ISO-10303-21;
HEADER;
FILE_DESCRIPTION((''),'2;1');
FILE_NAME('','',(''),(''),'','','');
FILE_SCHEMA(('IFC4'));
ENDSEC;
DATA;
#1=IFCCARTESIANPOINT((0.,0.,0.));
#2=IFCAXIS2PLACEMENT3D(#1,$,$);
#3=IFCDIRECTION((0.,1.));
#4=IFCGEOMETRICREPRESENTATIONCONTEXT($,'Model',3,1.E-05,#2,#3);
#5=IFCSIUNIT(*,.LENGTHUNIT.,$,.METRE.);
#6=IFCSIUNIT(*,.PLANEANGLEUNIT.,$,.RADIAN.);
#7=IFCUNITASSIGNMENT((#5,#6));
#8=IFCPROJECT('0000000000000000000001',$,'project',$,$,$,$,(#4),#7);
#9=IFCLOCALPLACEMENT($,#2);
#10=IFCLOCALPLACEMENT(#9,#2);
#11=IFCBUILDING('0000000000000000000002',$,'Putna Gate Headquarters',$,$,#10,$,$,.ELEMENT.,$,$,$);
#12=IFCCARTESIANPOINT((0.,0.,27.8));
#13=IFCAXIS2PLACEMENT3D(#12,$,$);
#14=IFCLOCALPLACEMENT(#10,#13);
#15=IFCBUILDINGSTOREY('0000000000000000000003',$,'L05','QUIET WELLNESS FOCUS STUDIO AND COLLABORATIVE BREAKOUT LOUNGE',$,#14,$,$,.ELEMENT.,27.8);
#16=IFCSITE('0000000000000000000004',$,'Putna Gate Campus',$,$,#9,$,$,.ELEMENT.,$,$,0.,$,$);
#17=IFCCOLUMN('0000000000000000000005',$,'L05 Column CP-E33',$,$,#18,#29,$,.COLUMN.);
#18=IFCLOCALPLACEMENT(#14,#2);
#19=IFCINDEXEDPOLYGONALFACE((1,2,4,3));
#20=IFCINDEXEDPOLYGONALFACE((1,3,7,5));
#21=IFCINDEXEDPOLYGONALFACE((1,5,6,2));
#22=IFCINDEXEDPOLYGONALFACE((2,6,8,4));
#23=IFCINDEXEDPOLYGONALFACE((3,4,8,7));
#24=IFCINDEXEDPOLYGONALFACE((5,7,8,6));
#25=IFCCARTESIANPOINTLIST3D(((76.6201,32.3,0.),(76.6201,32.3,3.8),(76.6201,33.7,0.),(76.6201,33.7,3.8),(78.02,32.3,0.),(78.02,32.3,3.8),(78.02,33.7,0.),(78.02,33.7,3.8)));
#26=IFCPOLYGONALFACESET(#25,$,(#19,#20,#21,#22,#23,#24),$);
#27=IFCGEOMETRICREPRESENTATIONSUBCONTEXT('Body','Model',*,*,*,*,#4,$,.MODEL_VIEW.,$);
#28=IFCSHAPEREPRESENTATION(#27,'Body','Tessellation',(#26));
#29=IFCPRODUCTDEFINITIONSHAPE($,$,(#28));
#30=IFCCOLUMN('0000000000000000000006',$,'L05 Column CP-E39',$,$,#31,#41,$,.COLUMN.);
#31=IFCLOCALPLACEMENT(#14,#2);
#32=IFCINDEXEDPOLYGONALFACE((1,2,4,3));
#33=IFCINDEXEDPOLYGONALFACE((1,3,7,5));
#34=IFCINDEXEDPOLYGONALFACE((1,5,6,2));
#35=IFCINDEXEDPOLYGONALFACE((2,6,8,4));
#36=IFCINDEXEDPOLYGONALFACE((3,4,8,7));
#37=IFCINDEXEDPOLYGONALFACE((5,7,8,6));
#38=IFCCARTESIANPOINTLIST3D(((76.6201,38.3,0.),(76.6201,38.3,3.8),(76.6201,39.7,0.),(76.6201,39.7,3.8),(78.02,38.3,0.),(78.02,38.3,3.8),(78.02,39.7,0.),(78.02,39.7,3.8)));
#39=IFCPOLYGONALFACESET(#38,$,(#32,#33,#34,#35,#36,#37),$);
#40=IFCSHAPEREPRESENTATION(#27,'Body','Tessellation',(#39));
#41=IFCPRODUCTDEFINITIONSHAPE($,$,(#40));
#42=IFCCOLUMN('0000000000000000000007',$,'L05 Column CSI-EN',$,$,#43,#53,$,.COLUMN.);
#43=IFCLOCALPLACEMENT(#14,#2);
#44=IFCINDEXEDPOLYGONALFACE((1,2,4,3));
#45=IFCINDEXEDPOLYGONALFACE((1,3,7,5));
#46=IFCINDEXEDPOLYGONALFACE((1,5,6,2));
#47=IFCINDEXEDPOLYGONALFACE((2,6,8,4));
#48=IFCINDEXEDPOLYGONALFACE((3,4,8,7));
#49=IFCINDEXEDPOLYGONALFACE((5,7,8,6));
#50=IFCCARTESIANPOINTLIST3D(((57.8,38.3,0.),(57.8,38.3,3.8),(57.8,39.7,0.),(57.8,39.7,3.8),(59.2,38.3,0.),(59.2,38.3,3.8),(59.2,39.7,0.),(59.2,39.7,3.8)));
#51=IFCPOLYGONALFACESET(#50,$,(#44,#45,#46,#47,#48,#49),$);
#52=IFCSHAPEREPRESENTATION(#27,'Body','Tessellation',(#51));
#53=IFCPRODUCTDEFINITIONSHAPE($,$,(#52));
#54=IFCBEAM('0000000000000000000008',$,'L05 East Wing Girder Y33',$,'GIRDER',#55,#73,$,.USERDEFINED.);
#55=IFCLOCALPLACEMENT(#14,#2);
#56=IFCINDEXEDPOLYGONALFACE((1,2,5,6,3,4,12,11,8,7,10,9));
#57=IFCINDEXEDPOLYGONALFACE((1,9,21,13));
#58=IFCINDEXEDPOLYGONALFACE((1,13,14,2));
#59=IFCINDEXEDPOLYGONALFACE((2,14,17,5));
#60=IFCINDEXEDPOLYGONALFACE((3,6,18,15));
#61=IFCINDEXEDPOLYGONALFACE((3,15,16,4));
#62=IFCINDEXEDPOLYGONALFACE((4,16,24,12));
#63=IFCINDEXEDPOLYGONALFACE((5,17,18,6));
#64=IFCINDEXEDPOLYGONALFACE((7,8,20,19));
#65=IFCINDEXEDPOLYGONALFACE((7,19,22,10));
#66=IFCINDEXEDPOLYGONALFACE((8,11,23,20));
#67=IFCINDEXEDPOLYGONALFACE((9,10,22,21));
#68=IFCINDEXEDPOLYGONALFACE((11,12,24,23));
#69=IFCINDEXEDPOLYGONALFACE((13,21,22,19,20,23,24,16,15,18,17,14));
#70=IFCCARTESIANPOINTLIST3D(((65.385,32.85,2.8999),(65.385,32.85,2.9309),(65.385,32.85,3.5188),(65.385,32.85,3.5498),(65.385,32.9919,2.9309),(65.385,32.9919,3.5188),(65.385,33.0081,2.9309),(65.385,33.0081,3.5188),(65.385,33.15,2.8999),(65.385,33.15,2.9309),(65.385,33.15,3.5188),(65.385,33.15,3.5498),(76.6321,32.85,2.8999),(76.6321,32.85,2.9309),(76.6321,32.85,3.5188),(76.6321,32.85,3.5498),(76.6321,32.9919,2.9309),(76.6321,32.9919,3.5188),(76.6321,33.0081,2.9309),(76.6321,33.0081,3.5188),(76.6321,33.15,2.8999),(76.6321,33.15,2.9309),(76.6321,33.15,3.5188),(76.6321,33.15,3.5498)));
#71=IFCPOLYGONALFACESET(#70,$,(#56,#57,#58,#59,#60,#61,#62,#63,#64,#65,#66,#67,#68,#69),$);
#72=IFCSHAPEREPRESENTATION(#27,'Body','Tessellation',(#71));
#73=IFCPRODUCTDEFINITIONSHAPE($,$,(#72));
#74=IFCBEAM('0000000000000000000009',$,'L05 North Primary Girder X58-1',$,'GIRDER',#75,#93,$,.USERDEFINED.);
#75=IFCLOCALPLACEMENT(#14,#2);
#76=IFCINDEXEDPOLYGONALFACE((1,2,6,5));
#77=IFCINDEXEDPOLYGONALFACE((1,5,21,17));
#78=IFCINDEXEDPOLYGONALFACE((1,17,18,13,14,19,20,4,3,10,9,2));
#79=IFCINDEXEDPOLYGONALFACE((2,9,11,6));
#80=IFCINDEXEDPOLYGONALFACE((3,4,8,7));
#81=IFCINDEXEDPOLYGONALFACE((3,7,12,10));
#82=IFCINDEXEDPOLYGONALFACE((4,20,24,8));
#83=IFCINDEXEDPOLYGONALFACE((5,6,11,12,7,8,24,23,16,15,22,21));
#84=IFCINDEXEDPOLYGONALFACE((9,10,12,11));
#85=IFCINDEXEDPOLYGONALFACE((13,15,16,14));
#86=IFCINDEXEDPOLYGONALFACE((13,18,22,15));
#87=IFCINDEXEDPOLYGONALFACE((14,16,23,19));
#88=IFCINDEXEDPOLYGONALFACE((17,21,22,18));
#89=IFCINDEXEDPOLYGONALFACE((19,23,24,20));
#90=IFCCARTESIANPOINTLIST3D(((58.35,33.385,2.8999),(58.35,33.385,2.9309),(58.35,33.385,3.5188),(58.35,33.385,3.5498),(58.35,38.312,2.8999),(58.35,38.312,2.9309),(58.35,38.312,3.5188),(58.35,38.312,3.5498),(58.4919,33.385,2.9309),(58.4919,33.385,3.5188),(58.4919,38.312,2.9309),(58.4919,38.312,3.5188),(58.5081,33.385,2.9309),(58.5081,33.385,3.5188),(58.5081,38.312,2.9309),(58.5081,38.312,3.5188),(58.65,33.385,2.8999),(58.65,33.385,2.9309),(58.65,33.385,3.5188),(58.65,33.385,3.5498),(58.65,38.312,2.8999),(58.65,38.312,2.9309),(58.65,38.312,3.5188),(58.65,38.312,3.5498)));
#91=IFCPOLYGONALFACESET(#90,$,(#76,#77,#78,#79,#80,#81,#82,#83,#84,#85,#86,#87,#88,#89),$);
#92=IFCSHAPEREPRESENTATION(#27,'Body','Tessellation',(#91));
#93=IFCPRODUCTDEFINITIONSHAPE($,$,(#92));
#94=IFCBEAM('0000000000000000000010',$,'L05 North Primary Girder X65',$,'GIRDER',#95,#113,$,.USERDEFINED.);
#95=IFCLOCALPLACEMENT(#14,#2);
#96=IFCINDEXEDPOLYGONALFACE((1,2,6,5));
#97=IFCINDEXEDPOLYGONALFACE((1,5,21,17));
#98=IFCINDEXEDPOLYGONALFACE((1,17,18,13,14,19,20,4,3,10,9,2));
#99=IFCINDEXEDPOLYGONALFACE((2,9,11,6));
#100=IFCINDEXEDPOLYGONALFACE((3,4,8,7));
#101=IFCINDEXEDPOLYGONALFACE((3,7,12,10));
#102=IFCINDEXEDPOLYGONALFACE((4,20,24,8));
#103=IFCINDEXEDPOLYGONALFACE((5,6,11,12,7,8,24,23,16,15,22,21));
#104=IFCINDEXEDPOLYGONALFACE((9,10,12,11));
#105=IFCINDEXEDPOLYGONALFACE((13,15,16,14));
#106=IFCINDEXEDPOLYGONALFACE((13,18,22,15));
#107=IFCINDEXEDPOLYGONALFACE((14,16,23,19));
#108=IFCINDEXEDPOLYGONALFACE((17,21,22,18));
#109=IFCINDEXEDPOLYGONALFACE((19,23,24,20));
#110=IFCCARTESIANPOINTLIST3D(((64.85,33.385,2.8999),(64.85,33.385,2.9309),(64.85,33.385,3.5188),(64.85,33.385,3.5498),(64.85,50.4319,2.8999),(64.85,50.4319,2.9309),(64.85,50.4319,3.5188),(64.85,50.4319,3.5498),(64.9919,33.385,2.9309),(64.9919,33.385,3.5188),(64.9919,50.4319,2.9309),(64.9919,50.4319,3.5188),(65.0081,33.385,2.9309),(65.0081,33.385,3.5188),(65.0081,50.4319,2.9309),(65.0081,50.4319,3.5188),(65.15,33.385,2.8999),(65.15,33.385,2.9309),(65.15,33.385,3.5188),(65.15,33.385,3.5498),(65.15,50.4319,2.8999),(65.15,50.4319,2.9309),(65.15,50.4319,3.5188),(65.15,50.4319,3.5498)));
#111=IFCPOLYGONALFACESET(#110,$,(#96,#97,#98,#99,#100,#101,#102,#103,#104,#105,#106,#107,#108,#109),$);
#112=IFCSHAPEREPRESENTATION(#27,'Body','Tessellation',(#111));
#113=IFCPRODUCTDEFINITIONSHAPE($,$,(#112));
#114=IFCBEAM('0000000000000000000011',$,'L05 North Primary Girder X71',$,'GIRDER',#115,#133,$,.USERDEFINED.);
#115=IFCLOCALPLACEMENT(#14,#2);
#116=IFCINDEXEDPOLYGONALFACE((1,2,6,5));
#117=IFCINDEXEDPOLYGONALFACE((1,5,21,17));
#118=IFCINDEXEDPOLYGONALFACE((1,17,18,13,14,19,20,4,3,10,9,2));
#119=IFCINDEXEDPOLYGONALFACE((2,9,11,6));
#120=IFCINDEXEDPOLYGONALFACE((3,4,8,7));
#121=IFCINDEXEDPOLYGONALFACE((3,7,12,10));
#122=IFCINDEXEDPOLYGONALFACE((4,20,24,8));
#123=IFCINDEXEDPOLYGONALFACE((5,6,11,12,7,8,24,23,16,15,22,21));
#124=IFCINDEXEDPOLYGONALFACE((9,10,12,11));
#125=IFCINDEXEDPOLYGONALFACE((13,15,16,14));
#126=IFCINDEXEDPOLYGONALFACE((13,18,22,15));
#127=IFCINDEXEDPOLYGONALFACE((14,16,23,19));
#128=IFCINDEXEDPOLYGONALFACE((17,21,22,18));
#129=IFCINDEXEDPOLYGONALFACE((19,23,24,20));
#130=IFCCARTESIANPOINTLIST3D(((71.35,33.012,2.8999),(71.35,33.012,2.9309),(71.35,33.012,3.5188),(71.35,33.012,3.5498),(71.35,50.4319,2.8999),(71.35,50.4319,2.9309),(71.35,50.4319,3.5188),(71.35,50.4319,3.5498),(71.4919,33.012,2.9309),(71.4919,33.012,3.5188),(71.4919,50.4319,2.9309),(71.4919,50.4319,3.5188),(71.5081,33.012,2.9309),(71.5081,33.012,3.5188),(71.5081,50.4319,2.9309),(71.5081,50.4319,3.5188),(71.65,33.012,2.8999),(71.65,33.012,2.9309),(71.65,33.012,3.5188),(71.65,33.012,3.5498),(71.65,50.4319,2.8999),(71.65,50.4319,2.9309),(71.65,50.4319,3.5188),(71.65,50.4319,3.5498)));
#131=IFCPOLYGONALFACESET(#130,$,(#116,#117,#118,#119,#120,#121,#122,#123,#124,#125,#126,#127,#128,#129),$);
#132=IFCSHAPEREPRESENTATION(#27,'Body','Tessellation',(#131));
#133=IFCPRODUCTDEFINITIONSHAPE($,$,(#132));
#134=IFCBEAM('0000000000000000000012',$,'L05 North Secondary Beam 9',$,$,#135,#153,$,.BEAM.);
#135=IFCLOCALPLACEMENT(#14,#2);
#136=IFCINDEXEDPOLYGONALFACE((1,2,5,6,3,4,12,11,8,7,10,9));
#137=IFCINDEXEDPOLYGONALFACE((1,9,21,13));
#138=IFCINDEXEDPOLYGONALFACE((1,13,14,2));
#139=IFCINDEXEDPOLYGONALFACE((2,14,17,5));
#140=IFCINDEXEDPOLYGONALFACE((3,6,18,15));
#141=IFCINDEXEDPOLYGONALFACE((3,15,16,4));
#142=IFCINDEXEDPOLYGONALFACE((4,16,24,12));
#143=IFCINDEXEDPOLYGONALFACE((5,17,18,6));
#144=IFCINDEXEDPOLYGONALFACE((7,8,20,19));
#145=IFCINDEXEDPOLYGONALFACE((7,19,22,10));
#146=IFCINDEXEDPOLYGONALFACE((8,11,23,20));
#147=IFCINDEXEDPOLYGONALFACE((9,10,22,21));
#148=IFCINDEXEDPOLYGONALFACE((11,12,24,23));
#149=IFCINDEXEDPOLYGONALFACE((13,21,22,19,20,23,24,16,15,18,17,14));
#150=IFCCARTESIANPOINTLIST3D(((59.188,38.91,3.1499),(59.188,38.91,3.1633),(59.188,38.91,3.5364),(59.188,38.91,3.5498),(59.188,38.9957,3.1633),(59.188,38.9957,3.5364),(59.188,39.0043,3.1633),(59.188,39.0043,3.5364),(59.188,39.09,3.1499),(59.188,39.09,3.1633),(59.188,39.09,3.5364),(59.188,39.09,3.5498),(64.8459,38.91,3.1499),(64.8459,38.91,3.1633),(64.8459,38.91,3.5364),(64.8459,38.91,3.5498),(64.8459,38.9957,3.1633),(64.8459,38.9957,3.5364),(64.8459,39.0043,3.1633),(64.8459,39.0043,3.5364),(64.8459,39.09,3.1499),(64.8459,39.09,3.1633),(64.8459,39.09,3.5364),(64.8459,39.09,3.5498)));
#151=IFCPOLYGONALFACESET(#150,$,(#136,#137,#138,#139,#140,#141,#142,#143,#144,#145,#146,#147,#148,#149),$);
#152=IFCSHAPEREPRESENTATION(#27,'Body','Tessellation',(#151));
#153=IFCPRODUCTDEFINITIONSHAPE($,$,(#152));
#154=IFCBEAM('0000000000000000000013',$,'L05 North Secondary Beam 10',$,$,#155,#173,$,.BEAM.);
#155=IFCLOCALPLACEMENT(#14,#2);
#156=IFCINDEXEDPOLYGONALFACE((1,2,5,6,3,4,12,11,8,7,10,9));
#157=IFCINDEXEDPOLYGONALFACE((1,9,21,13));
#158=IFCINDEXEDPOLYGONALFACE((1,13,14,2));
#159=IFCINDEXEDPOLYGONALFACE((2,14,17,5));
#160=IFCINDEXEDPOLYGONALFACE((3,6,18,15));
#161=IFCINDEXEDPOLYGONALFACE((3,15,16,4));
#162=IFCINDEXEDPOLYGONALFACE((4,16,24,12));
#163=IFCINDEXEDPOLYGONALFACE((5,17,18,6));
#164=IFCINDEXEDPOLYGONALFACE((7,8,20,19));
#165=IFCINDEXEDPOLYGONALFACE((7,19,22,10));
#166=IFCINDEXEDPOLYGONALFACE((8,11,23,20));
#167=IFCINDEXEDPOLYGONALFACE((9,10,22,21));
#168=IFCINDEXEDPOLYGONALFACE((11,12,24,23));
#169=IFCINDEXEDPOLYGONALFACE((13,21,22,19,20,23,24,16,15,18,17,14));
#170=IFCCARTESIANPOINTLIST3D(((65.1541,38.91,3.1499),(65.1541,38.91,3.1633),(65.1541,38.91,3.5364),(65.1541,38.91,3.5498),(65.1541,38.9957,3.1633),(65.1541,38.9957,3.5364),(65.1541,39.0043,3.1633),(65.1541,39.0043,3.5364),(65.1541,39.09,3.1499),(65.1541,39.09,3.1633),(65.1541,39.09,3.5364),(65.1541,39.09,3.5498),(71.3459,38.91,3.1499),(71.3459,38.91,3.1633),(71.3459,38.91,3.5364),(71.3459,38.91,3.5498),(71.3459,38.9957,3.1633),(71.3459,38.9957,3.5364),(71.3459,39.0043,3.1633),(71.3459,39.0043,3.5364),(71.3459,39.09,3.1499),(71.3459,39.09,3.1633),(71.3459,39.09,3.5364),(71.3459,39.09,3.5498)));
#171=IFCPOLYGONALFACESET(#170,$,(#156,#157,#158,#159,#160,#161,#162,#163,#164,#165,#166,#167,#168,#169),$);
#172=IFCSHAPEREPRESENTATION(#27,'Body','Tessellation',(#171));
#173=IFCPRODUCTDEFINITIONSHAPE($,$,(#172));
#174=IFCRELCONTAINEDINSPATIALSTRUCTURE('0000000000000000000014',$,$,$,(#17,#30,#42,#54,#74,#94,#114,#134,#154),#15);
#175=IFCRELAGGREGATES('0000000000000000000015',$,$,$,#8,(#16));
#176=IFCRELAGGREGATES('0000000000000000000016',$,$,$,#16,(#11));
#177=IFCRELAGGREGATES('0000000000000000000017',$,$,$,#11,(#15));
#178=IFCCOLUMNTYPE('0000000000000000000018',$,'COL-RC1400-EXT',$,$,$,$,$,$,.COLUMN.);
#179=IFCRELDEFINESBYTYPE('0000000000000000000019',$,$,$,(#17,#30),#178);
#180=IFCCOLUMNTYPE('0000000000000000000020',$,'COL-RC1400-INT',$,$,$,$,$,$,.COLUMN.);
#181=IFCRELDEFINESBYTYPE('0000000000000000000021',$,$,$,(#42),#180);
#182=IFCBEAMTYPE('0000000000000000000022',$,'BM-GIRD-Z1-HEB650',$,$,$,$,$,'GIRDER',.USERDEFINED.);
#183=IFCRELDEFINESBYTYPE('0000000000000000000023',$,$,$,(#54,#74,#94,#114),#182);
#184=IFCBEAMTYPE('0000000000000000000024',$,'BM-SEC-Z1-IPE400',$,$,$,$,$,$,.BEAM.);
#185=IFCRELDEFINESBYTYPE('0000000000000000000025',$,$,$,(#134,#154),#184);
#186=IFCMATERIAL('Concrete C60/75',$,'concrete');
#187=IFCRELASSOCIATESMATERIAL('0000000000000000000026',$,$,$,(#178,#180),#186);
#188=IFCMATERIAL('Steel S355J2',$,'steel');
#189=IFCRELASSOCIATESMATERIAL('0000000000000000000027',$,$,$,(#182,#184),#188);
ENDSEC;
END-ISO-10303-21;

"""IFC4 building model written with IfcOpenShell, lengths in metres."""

from ifc_helpers import new_model, si_unit, direction, frame, origin, origin_2d, place, context, subcontext, project, spatial, rectangle, i_section, extrude, material, material_profile, profile_set, type_object, element, save


model = new_model("IFC4")

# Units and contexts
model_context = context("Model", 3, precision=1e-05, world=origin(), true_north=direction((0.0, 1.0)))
body_context = subcontext(model_context, "Body", "Model", "MODEL_VIEW")
ifc_project = project(units=[si_unit("LENGTHUNIT", "METRE"), si_unit("PLANEANGLEUNIT", "RADIAN")], contexts=[model_context])

# Site, building, storey
site_placement = place(None, origin())
site = spatial("IfcSite", under=ifc_project, at=site_placement, Name="Putna Gate Campus", CompositionType="ELEMENT", RefElevation=0.0)
building_placement = place(site_placement, origin())
building = spatial("IfcBuilding", under=site, at=building_placement, Name="Putna Gate Headquarters", CompositionType="ELEMENT")
storey_placement = place(building_placement, frame((0.0, 0.0, 27.8)))
storey = spatial("IfcBuildingStorey", under=building, at=storey_placement, Name="L05", Description="QUIET WELLNESS FOCUS STUDIO AND COLLABORATIVE BREAKOUT LOUNGE", CompositionType="ELEMENT", Elevation=27.8)

# Columns
ifc_material_1 = material(Name="Concrete C60/75", Category="concrete")
ifc_material_profile_1 = material_profile(ifc_material_1, rectangle(XDim=1.3999, YDim=1.3999, at=origin_2d()), Name="Concrete C60/75")
ifc_profile_set_1 = profile_set([ifc_material_profile_1], Name="Concrete C60/75")
column_type_1 = type_object("IfcColumnType", Name="COL-RC1400-EXT", PredefinedType="COLUMN", material=ifc_profile_set_1)
for number, where, z_axis, x_axis, name in (
    (1, (77.3201, 33.0, 0.0), (0.0, 0.0, 1.0), (1.0, 0.0, 0.0), "L05 Column CP-E33"),
    (2, (77.3201, 39.0, 0.0), (0.0, 0.0, 1.0), (1.0, 0.0, 0.0), "L05 Column CP-E39"),
):
    element("IfcColumn", number, at=place(storey_placement, frame(where, z_axis=z_axis, x_axis=x_axis)), inside=storey, type_object=column_type_1, Name=name, PredefinedType="COLUMN", context=body_context, shape_type="SweptSolid", body=[
        extrude(rectangle(XDim=1.3999, YDim=1.3999, at=origin_2d()), origin(), (0.0, 0.0, 1.0), 3.8),
    ])
ifc_material_profile_2 = material_profile(ifc_material_1, rectangle(XDim=1.3999, YDim=1.3999, at=origin_2d()), Name="Concrete C60/75")
ifc_profile_set_2 = profile_set([ifc_material_profile_2], Name="Concrete C60/75")
column_type_2 = type_object("IfcColumnType", Name="COL-RC1400-INT", PredefinedType="COLUMN", material=ifc_profile_set_2)
column_placement = place(storey_placement, frame((58.5, 39.0, 0.0), z_axis=(0.0, 0.0, 1.0), x_axis=(1.0, 0.0, 0.0)))
element("IfcColumn", 3, at=column_placement, inside=storey, type_object=column_type_2, Name="L05 Column CSI-EN", PredefinedType="COLUMN", context=body_context, shape_type="SweptSolid", body=[
    extrude(rectangle(XDim=1.3999, YDim=1.3999, at=origin_2d()), origin(), (0.0, 0.0, 1.0), 3.8),
])

# Beams
ifc_material_2 = material(Name="Steel S355J2", Category="steel")
ifc_material_profile_3 = material_profile(ifc_material_2, i_section(OverallWidth=0.3, OverallDepth=0.6499, WebThickness=0.0161, FlangeThickness=0.031, at=origin_2d()), Name="Steel S355J2")
ifc_profile_set_3 = profile_set([ifc_material_profile_3], Name="Steel S355J2")
beam_type_1 = type_object("IfcBeamType", Name="BM-GIRD-Z1-HEB650", ElementType="GIRDER", PredefinedType="USERDEFINED", material=ifc_profile_set_3)
beam_1_placement = place(storey_placement, frame((65.385, 33.0, 3.2249), z_axis=(1.0, 0.0, 0.0), x_axis=(0.0, 1.0, 0.0)))
element("IfcBeam", 4, at=beam_1_placement, inside=storey, type_object=beam_type_1, Name="L05 East Wing Girder Y33", ObjectType="GIRDER", PredefinedType="USERDEFINED", context=body_context, shape_type="SweptSolid", body=[
    extrude(i_section(OverallWidth=0.3, OverallDepth=0.6499, WebThickness=0.0161, FlangeThickness=0.031, at=origin_2d()), origin(), (0.0, 0.0, 1.0), 11.2471),
])
beam_2_placement = place(storey_placement, frame((58.5, 33.385, 3.2249), z_axis=(0.0, 1.0, 0.0), x_axis=(-1.0, 0.0, 0.0)))
element("IfcBeam", 5, at=beam_2_placement, inside=storey, type_object=beam_type_1, Name="L05 North Primary Girder X58-1", ObjectType="GIRDER", PredefinedType="USERDEFINED", context=body_context, shape_type="SweptSolid", body=[
    extrude(i_section(OverallWidth=0.3, OverallDepth=0.6499, WebThickness=0.0161, FlangeThickness=0.031, at=origin_2d()), origin(), (0.0, 0.0, 1.0), 4.927),
])
beam_3_placement = place(storey_placement, frame((65.0, 33.385, 3.2249), z_axis=(0.0, 1.0, 0.0), x_axis=(-1.0, 0.0, 0.0)))
element("IfcBeam", 6, at=beam_3_placement, inside=storey, type_object=beam_type_1, Name="L05 North Primary Girder X65", ObjectType="GIRDER", PredefinedType="USERDEFINED", context=body_context, shape_type="SweptSolid", body=[
    extrude(i_section(OverallWidth=0.3, OverallDepth=0.6499, WebThickness=0.0161, FlangeThickness=0.031, at=origin_2d()), origin(), (0.0, 0.0, 1.0), 17.0469),
])
beam_4_placement = place(storey_placement, frame((71.5, 33.012, 3.2249), z_axis=(0.0, 1.0, 0.0), x_axis=(-1.0, 0.0, 0.0)))
element("IfcBeam", 7, at=beam_4_placement, inside=storey, type_object=beam_type_1, Name="L05 North Primary Girder X71", ObjectType="GIRDER", PredefinedType="USERDEFINED", context=body_context, shape_type="SweptSolid", body=[
    extrude(i_section(OverallWidth=0.3, OverallDepth=0.6499, WebThickness=0.0161, FlangeThickness=0.031, at=origin_2d()), origin(), (0.0, 0.0, 1.0), 17.4199),
])
ifc_material_profile_4 = material_profile(ifc_material_2, i_section(OverallWidth=0.1799, OverallDepth=0.3999, WebThickness=0.0085, FlangeThickness=0.0134, at=origin_2d()), Name="Steel S355J2")
ifc_profile_set_4 = profile_set([ifc_material_profile_4], Name="Steel S355J2")
beam_type_2 = type_object("IfcBeamType", Name="BM-SEC-Z1-IPE400", PredefinedType="BEAM", material=ifc_profile_set_4)
beam_5_placement = place(storey_placement, frame((59.188, 39.0, 3.3499), z_axis=(1.0, 0.0, 0.0), x_axis=(0.0, 1.0, 0.0)))
element("IfcBeam", 8, at=beam_5_placement, inside=storey, type_object=beam_type_2, Name="L05 North Secondary Beam 9", PredefinedType="BEAM", context=body_context, shape_type="SweptSolid", body=[
    extrude(i_section(OverallWidth=0.1799, OverallDepth=0.3999, WebThickness=0.0085, FlangeThickness=0.0134, at=origin_2d()), origin(), (0.0, 0.0, 1.0), 5.658),
])
beam_6_placement = place(storey_placement, frame((65.1541, 39.0, 3.3499), z_axis=(1.0, 0.0, 0.0), x_axis=(0.0, 1.0, 0.0)))
element("IfcBeam", 9, at=beam_6_placement, inside=storey, type_object=beam_type_2, Name="L05 North Secondary Beam 10", PredefinedType="BEAM", context=body_context, shape_type="SweptSolid", body=[
    extrude(i_section(OverallWidth=0.1799, OverallDepth=0.3999, WebThickness=0.0085, FlangeThickness=0.0134, at=origin_2d()), origin(), (0.0, 0.0, 1.0), 6.1919),
])

save(model, "model.ifc")
